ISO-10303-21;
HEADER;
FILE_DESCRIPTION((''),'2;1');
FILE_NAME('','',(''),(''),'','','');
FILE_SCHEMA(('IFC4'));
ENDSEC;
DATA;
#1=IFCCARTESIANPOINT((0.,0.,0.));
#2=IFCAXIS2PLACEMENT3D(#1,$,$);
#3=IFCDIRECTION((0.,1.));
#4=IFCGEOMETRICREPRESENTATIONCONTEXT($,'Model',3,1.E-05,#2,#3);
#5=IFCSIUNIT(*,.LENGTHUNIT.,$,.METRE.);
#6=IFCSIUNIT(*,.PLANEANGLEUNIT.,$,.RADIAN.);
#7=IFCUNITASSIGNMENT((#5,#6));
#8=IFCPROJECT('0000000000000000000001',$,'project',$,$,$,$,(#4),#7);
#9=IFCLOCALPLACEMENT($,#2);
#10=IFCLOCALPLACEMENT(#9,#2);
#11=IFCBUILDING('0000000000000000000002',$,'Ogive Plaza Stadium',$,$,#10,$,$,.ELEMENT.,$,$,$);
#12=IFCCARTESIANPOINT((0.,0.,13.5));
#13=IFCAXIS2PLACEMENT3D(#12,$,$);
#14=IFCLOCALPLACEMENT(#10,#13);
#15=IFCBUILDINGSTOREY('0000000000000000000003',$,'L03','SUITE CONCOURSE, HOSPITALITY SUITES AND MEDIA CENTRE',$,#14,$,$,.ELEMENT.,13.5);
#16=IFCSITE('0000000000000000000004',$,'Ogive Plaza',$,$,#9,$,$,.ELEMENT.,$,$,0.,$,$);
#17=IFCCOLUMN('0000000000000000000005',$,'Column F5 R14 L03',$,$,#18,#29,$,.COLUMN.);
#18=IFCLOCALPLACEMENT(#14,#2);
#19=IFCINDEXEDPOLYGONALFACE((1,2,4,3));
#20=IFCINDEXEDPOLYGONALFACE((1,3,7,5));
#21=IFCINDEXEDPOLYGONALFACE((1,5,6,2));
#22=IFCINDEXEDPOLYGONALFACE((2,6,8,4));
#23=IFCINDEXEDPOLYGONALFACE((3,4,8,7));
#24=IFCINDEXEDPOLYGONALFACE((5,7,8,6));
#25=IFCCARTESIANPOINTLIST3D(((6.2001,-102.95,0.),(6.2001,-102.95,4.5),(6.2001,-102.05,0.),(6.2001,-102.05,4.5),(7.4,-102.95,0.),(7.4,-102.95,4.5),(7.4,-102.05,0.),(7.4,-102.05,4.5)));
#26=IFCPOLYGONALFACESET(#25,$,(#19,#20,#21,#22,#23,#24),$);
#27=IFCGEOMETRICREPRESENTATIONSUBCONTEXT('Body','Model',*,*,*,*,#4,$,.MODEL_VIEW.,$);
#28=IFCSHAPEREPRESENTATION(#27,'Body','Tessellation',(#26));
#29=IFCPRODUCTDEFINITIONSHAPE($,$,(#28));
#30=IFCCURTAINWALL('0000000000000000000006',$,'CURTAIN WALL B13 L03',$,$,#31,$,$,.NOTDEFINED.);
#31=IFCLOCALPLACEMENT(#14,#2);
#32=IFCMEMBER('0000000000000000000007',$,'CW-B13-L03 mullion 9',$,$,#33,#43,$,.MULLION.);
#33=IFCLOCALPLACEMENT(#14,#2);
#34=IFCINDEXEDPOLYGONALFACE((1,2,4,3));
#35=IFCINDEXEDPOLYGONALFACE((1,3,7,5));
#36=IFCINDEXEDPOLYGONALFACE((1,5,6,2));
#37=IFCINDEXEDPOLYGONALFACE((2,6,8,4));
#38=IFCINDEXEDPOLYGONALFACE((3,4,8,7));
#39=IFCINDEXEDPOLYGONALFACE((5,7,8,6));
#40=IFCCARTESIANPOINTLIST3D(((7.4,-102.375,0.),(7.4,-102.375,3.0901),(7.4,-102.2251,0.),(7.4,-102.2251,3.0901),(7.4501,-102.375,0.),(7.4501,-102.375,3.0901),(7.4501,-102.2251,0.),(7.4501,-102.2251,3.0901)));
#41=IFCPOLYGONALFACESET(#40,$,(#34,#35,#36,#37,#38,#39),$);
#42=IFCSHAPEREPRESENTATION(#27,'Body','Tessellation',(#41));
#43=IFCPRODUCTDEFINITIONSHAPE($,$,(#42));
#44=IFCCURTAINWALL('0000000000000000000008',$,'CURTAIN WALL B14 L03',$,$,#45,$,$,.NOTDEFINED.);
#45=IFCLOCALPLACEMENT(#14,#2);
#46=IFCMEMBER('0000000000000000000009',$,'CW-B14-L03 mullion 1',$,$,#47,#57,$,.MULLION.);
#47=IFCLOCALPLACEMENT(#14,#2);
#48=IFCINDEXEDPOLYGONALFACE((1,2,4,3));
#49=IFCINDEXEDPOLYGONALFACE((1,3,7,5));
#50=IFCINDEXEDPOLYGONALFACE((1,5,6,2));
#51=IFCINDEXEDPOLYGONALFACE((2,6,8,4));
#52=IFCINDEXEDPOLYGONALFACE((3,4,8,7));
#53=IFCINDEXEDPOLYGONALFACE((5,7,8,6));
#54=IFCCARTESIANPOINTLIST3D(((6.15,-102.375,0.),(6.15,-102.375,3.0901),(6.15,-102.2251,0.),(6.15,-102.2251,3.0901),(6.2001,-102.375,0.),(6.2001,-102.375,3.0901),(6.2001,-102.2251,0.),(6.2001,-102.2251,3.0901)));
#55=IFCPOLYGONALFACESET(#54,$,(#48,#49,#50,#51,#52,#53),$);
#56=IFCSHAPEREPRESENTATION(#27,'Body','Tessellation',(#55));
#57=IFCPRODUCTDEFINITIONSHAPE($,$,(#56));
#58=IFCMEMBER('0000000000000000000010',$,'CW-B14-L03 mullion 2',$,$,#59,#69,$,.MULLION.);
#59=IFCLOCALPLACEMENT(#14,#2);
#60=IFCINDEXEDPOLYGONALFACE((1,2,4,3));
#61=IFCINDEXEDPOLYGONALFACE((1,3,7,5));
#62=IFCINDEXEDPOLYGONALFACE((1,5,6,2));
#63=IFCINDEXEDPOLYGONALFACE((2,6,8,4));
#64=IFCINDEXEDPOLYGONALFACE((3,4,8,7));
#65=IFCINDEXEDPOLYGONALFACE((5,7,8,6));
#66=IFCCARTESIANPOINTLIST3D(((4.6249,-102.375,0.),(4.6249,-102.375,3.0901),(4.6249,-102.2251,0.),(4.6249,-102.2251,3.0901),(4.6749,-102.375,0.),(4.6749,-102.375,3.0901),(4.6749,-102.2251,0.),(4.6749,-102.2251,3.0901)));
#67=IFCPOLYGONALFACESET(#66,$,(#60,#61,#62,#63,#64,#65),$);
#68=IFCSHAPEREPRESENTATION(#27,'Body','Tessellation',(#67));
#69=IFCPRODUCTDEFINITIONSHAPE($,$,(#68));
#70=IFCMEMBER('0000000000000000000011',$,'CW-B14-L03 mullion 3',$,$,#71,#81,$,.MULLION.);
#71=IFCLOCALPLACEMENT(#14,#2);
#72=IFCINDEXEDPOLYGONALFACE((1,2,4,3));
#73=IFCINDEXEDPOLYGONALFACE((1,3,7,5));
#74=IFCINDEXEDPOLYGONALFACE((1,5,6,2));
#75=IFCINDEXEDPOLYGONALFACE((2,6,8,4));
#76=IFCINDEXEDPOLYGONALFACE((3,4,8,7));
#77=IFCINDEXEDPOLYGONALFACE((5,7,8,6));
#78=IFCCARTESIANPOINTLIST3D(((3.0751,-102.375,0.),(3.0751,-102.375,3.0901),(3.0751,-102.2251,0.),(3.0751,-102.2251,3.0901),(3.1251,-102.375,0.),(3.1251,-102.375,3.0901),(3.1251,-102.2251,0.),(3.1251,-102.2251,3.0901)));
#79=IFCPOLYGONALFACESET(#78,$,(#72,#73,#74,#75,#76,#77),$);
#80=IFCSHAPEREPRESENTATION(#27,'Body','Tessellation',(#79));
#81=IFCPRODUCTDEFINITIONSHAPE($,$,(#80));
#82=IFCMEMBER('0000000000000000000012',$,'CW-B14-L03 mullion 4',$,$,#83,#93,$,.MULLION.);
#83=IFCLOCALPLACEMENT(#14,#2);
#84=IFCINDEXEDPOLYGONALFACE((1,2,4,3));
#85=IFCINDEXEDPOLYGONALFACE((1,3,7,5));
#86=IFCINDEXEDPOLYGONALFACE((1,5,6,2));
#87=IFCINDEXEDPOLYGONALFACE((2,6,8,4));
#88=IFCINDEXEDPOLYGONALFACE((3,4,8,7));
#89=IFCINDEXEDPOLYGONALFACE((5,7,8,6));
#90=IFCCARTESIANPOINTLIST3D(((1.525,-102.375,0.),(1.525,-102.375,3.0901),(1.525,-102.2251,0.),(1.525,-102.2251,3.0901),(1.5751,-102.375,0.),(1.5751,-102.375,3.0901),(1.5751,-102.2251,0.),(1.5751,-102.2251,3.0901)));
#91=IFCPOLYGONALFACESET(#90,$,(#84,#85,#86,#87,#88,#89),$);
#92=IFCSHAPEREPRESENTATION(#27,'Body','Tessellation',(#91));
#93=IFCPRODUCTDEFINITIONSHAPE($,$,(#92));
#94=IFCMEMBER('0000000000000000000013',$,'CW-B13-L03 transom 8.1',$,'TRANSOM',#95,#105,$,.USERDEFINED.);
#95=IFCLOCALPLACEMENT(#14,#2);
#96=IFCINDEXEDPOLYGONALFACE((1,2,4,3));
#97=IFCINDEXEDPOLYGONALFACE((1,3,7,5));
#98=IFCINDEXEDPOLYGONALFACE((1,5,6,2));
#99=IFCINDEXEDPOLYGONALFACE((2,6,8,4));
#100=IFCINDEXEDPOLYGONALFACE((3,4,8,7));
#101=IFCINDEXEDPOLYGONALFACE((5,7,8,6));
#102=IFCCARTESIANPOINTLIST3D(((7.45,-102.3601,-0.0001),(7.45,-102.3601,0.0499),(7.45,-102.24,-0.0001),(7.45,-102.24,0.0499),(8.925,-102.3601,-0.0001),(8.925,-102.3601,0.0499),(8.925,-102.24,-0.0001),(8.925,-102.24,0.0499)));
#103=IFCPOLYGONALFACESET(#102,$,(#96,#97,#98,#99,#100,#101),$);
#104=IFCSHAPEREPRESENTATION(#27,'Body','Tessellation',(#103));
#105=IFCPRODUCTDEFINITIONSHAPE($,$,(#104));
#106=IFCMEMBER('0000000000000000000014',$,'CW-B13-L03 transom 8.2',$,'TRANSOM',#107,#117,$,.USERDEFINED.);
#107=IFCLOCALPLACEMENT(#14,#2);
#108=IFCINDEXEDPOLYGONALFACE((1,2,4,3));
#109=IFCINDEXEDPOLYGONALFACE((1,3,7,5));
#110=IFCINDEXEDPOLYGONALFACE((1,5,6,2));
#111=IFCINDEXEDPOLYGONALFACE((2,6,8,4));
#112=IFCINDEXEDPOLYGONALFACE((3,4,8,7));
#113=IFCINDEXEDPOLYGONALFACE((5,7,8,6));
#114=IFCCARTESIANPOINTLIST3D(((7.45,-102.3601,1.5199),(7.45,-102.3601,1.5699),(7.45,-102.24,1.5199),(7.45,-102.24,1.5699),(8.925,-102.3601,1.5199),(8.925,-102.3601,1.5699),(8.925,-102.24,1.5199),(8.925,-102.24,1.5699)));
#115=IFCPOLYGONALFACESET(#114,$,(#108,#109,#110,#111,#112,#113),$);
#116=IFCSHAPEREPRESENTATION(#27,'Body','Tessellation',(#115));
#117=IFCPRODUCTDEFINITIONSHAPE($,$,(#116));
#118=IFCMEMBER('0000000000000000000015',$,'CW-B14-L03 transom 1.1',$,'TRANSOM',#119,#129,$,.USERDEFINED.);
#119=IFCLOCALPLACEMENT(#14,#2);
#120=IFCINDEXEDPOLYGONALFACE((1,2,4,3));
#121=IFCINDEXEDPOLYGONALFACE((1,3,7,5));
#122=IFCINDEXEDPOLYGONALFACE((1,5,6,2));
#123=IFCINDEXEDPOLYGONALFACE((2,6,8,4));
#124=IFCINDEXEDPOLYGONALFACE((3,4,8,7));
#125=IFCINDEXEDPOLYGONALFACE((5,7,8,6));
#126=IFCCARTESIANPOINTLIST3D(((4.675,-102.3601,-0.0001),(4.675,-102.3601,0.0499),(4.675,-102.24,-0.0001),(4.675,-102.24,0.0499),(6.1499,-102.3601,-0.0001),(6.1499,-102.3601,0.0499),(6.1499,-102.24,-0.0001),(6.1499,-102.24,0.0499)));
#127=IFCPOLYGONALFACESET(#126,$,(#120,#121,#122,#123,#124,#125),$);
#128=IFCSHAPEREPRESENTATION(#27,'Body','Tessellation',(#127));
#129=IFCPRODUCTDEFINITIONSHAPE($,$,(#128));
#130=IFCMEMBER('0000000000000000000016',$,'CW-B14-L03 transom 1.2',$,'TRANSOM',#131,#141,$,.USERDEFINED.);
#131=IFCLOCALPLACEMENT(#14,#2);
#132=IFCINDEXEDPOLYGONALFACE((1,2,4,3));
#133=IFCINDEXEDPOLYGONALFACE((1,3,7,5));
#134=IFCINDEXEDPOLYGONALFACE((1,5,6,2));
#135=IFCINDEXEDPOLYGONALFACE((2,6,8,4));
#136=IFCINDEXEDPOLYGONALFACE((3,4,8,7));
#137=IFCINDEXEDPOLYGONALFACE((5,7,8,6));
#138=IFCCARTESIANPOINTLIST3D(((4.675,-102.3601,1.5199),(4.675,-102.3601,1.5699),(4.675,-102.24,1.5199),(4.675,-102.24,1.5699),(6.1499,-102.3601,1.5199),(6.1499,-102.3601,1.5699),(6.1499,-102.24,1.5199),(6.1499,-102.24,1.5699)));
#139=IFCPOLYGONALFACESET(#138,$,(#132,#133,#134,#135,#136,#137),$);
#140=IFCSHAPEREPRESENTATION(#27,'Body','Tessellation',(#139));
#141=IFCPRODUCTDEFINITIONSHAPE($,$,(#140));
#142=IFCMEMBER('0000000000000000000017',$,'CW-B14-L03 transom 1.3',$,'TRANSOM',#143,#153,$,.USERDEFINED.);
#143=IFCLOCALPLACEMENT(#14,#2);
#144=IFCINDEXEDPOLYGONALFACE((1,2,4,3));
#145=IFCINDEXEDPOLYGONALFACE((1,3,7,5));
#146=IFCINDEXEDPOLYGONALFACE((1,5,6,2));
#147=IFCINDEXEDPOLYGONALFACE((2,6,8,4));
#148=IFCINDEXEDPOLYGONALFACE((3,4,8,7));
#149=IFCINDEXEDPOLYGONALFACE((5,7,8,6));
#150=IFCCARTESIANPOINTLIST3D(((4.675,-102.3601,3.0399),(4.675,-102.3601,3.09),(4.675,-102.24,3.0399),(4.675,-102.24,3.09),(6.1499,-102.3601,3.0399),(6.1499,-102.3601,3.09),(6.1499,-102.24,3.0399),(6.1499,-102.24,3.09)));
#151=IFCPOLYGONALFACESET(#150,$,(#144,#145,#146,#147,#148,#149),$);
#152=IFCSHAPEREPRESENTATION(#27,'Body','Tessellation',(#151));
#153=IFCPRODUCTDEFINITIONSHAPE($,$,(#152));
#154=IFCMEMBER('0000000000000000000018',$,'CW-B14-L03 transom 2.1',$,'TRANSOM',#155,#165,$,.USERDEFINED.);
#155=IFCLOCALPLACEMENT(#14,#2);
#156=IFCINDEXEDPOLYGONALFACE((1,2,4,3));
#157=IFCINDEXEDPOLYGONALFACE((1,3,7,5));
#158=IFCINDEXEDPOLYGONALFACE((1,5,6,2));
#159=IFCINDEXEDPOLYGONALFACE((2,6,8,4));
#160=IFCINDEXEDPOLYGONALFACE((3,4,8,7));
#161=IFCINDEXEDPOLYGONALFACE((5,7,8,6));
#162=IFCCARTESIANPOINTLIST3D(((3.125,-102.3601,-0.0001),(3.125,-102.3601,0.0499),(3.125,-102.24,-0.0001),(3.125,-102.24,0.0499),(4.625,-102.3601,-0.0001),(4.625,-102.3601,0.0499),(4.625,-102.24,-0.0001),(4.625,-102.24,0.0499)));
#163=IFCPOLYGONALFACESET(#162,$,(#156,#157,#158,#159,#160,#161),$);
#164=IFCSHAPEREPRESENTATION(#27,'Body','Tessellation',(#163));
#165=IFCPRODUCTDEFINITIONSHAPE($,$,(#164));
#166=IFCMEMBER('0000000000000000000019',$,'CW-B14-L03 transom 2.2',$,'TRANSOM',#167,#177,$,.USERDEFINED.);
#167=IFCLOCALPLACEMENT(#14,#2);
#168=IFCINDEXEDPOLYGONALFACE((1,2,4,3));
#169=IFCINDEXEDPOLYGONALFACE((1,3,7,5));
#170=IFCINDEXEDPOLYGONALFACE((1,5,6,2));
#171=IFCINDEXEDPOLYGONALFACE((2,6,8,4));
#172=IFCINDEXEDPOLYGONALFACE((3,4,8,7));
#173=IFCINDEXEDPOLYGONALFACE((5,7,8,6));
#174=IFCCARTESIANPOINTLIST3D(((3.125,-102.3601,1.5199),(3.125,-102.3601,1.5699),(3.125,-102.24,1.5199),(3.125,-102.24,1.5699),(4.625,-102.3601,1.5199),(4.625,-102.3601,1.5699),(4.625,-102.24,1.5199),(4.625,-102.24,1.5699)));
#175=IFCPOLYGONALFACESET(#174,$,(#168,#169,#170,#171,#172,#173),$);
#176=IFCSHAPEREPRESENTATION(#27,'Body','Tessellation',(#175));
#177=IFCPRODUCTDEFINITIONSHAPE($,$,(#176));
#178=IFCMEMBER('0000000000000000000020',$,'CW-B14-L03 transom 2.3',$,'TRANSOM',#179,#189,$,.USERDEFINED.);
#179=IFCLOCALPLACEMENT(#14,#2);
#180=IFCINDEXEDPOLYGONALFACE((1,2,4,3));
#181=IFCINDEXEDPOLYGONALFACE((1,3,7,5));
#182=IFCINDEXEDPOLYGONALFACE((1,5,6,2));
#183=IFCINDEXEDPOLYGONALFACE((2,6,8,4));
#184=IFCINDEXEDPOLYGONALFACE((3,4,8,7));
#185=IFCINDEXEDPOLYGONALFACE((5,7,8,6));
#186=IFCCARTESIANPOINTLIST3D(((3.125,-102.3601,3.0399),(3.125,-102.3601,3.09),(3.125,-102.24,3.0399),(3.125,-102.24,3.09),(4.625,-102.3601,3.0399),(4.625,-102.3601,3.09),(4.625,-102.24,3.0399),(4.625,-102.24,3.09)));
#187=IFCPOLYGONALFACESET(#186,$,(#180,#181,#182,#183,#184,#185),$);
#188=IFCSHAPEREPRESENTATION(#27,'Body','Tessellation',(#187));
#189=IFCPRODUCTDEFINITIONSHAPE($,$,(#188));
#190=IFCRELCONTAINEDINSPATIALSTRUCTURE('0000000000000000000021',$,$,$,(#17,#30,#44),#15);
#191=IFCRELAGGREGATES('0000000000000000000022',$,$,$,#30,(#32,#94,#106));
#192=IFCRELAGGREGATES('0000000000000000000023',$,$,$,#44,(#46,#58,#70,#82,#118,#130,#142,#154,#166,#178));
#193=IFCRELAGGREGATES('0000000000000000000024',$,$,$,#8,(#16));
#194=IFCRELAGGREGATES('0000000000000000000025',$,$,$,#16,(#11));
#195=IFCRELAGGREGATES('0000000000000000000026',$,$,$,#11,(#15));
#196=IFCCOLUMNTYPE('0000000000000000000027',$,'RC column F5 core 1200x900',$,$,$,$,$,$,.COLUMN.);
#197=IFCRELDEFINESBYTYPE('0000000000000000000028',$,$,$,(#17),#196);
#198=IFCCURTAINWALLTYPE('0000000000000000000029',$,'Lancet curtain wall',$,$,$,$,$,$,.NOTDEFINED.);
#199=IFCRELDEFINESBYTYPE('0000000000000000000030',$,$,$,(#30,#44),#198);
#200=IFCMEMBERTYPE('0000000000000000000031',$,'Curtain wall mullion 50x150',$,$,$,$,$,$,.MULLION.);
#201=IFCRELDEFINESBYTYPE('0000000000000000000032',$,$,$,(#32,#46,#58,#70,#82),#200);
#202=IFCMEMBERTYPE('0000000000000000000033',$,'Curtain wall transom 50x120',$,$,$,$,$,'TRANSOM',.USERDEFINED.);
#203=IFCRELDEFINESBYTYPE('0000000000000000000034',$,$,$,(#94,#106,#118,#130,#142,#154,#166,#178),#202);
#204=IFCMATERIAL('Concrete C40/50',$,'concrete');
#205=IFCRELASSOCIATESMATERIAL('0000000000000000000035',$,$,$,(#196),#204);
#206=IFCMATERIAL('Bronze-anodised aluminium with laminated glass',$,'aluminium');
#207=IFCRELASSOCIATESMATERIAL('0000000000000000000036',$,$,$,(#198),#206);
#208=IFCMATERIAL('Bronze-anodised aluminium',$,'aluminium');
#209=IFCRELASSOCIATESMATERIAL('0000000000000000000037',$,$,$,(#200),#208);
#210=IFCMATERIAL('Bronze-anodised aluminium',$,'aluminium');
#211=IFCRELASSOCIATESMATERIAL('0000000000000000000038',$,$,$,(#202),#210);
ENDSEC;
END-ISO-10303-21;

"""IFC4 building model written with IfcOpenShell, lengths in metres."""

from ifc_helpers import new_model, si_unit, direction, frame, origin, origin_2d, place, context, subcontext, project, spatial, rectangle, extrude, material, material_profile, profile_set, type_object, element, aggregate, save


model = new_model("IFC4")

# Units and contexts
model_context = context("Model", 3, precision=1e-05, world=origin(), true_north=direction((0.0, 1.0)))
body_context = subcontext(model_context, "Body", "Model", "MODEL_VIEW")
ifc_project = project(units=[si_unit("LENGTHUNIT", "METRE"), si_unit("PLANEANGLEUNIT", "RADIAN")], contexts=[model_context])

# Site, building, storey
site_placement = place(None, origin())
site = spatial("IfcSite", under=ifc_project, at=site_placement, Name="Ogive Plaza", CompositionType="ELEMENT", RefElevation=0.0)
building_placement = place(site_placement, origin())
building = spatial("IfcBuilding", under=site, at=building_placement, Name="Ogive Plaza Stadium", CompositionType="ELEMENT")
storey_placement = place(building_placement, frame((0.0, 0.0, 13.5)))
storey = spatial("IfcBuildingStorey", under=building, at=storey_placement, Name="L03", Description="SUITE CONCOURSE, HOSPITALITY SUITES AND MEDIA CENTRE", CompositionType="ELEMENT", Elevation=13.5)

# Column
ifc_material_1 = material(Name="Concrete C40/50", Category="concrete")
ifc_material_profile_1 = material_profile(ifc_material_1, rectangle(XDim=1.2, YDim=0.8999, at=origin_2d()), Name="RC 1200x900")
ifc_profile_set_1 = profile_set([ifc_material_profile_1], Name="Concrete C40/50")
column_type = type_object("IfcColumnType", Name="RC column F5 core 1200x900", PredefinedType="COLUMN", material=ifc_profile_set_1)
column_placement = place(storey_placement, frame((6.8, -102.5, 0.0), z_axis=(0.0, 0.0, 1.0), x_axis=(1.0, 0.0, 0.0)))
element("IfcColumn", 1, at=column_placement, inside=storey, type_object=column_type, Name="Column F5 R14 L03", PredefinedType="COLUMN", context=body_context, shape_type="SweptSolid", body=[
    extrude(rectangle(XDim=1.2, YDim=0.8999, at=origin_2d()), origin(), (0.0, 0.0, 1.0), 4.5),
])

# Curtain wall, member
ifc_material_2 = material(Name="Bronze-anodised aluminium with laminated glass", Category="aluminium")
curtain_wall_type = type_object("IfcCurtainWallType", Name="Lancet curtain wall", PredefinedType="NOTDEFINED", material=ifc_material_2)
curtain_wall_1_placement = place(storey_placement, origin())
curtain_wall_1 = element("IfcCurtainWall", 2, at=curtain_wall_1_placement, inside=storey, type_object=curtain_wall_type, Name="CURTAIN WALL B13 L03", PredefinedType="NOTDEFINED")
ifc_material_3 = material(Name="Bronze-anodised aluminium", Category="aluminium")
ifc_material_profile_2 = material_profile(ifc_material_3, rectangle(XDim=0.1499, YDim=0.05, at=origin_2d()), Name="AL 150x50")
ifc_profile_set_2 = profile_set([ifc_material_profile_2], Name="Bronze-anodised aluminium")
member_type_1 = type_object("IfcMemberType", Name="Curtain wall mullion 50x150", PredefinedType="MULLION", material=ifc_profile_set_2)
member_1_placement = place(storey_placement, frame((7.425, -102.3, 0.0), z_axis=(0.0, 0.0, 1.0), x_axis=(0.0, -1.0, 0.0)))
member_1 = element("IfcMember", 3, at=member_1_placement, type_object=member_type_1, Name="CW-B13-L03 mullion 9", PredefinedType="MULLION", context=body_context, shape_type="SweptSolid", body=[
    extrude(rectangle(XDim=0.1499, YDim=0.05, at=origin_2d()), origin(), (0.0, 0.0, 1.0), 3.0901),
])

# Curtain wall, members
curtain_wall_2_placement = place(storey_placement, origin())
curtain_wall_2 = element("IfcCurtainWall", 4, at=curtain_wall_2_placement, inside=storey, type_object=curtain_wall_type, Name="CURTAIN WALL B14 L03", PredefinedType="NOTDEFINED")
member_2_placement = place(storey_placement, frame((6.175, -102.3, 0.0), z_axis=(0.0, 0.0, 1.0), x_axis=(0.0, -1.0, 0.0)))
member_2 = element("IfcMember", 5, at=member_2_placement, type_object=member_type_1, Name="CW-B14-L03 mullion 1", PredefinedType="MULLION", context=body_context, shape_type="SweptSolid", body=[
    extrude(rectangle(XDim=0.1499, YDim=0.05, at=origin_2d()), origin(), (0.0, 0.0, 1.0), 3.0901),
])
member_3_placement = place(storey_placement, frame((4.6499, -102.3, 0.0), z_axis=(0.0, 0.0, 1.0), x_axis=(0.0, -1.0, 0.0)))
member_3 = element("IfcMember", 6, at=member_3_placement, type_object=member_type_1, Name="CW-B14-L03 mullion 2", PredefinedType="MULLION", context=body_context, shape_type="SweptSolid", body=[
    extrude(rectangle(XDim=0.1499, YDim=0.05, at=origin_2d()), origin(), (0.0, 0.0, 1.0), 3.0901),
])
member_4_placement = place(storey_placement, frame((3.1001, -102.3, 0.0), z_axis=(0.0, 0.0, 1.0), x_axis=(0.0, -1.0, 0.0)))
member_4 = element("IfcMember", 7, at=member_4_placement, type_object=member_type_1, Name="CW-B14-L03 mullion 3", PredefinedType="MULLION", context=body_context, shape_type="SweptSolid", body=[
    extrude(rectangle(XDim=0.1499, YDim=0.05, at=origin_2d()), origin(), (0.0, 0.0, 1.0), 3.0901),
])
member_5_placement = place(storey_placement, frame((1.55, -102.3, 0.0), z_axis=(0.0, 0.0, 1.0), x_axis=(0.0, -1.0, 0.0)))
member_5 = element("IfcMember", 8, at=member_5_placement, type_object=member_type_1, Name="CW-B14-L03 mullion 4", PredefinedType="MULLION", context=body_context, shape_type="SweptSolid", body=[
    extrude(rectangle(XDim=0.1499, YDim=0.05, at=origin_2d()), origin(), (0.0, 0.0, 1.0), 3.0901),
])

# Members
ifc_material_4 = material(Name="Bronze-anodised aluminium", Category="aluminium")
ifc_material_profile_3 = material_profile(ifc_material_4, rectangle(XDim=0.1201, YDim=0.05, at=origin_2d()), Name="AL 120x50")
ifc_profile_set_3 = profile_set([ifc_material_profile_3], Name="Bronze-anodised aluminium")
member_type_2 = type_object("IfcMemberType", Name="Curtain wall transom 50x120", ElementType="TRANSOM", PredefinedType="USERDEFINED", material=ifc_profile_set_3)
member_6_placement = place(storey_placement, frame((8.925, -102.3, 0.0249), z_axis=(-1.0, 0.0, 0.0), x_axis=(0.0, -1.0, 0.0)))
member_6 = element("IfcMember", 9, at=member_6_placement, type_object=member_type_2, Name="CW-B13-L03 transom 8.1", ObjectType="TRANSOM", PredefinedType="USERDEFINED", context=body_context, shape_type="SweptSolid", body=[
    extrude(rectangle(XDim=0.1201, YDim=0.05, at=origin_2d()), origin(), (0.0, 0.0, 1.0), 1.4751),
])
member_7_placement = place(storey_placement, frame((8.925, -102.3, 1.5449), z_axis=(-1.0, 0.0, 0.0), x_axis=(0.0, -1.0, 0.0)))
member_7 = element("IfcMember", 10, at=member_7_placement, type_object=member_type_2, Name="CW-B13-L03 transom 8.2", ObjectType="TRANSOM", PredefinedType="USERDEFINED", context=body_context, shape_type="SweptSolid", body=[
    extrude(rectangle(XDim=0.1201, YDim=0.05, at=origin_2d()), origin(), (0.0, 0.0, 1.0), 1.4751),
])
member_8_placement = place(storey_placement, frame((6.1499, -102.3, 0.0249), z_axis=(-1.0, 0.0, 0.0), x_axis=(0.0, -1.0, 0.0)))
member_8 = element("IfcMember", 11, at=member_8_placement, type_object=member_type_2, Name="CW-B14-L03 transom 1.1", ObjectType="TRANSOM", PredefinedType="USERDEFINED", context=body_context, shape_type="SweptSolid", body=[
    extrude(rectangle(XDim=0.1201, YDim=0.05, at=origin_2d()), origin(), (0.0, 0.0, 1.0), 1.4749),
])
member_9_placement = place(storey_placement, frame((6.1499, -102.3, 1.5449), z_axis=(-1.0, 0.0, 0.0), x_axis=(0.0, -1.0, 0.0)))
member_9 = element("IfcMember", 12, at=member_9_placement, type_object=member_type_2, Name="CW-B14-L03 transom 1.2", ObjectType="TRANSOM", PredefinedType="USERDEFINED", context=body_context, shape_type="SweptSolid", body=[
    extrude(rectangle(XDim=0.1201, YDim=0.05, at=origin_2d()), origin(), (0.0, 0.0, 1.0), 1.4749),
])
member_10_placement = place(storey_placement, frame((6.1499, -102.3, 3.0649), z_axis=(-1.0, 0.0, 0.0), x_axis=(0.0, -1.0, 0.0)))
member_10 = element("IfcMember", 13, at=member_10_placement, type_object=member_type_2, Name="CW-B14-L03 transom 1.3", ObjectType="TRANSOM", PredefinedType="USERDEFINED", context=body_context, shape_type="SweptSolid", body=[
    extrude(rectangle(XDim=0.1201, YDim=0.05, at=origin_2d()), origin(), (0.0, 0.0, 1.0), 1.4749),
])
member_11_placement = place(storey_placement, frame((4.625, -102.3, 0.0249), z_axis=(-1.0, 0.0, 0.0), x_axis=(0.0, -1.0, 0.0)))
member_11 = element("IfcMember", 14, at=member_11_placement, type_object=member_type_2, Name="CW-B14-L03 transom 2.1", ObjectType="TRANSOM", PredefinedType="USERDEFINED", context=body_context, shape_type="SweptSolid", body=[
    extrude(rectangle(XDim=0.1201, YDim=0.05, at=origin_2d()), origin(), (0.0, 0.0, 1.0), 1.5),
])
member_12_placement = place(storey_placement, frame((4.625, -102.3, 1.5449), z_axis=(-1.0, 0.0, 0.0), x_axis=(0.0, -1.0, 0.0)))
member_12 = element("IfcMember", 15, at=member_12_placement, type_object=member_type_2, Name="CW-B14-L03 transom 2.2", ObjectType="TRANSOM", PredefinedType="USERDEFINED", context=body_context, shape_type="SweptSolid", body=[
    extrude(rectangle(XDim=0.1201, YDim=0.05, at=origin_2d()), origin(), (0.0, 0.0, 1.0), 1.5),
])
member_13_placement = place(storey_placement, frame((4.625, -102.3, 3.0649), z_axis=(-1.0, 0.0, 0.0), x_axis=(0.0, -1.0, 0.0)))
member_13 = element("IfcMember", 16, at=member_13_placement, type_object=member_type_2, Name="CW-B14-L03 transom 2.3", ObjectType="TRANSOM", PredefinedType="USERDEFINED", context=body_context, shape_type="SweptSolid", body=[
    extrude(rectangle(XDim=0.1201, YDim=0.05, at=origin_2d()), origin(), (0.0, 0.0, 1.0), 1.5),
])

aggregate(curtain_wall_1, [member_1, member_6, member_7])
aggregate(curtain_wall_2, [member_2, member_3, member_4, member_5, member_8, member_9, member_10, member_11, member_12, member_13])

save(model, "model.ifc")
